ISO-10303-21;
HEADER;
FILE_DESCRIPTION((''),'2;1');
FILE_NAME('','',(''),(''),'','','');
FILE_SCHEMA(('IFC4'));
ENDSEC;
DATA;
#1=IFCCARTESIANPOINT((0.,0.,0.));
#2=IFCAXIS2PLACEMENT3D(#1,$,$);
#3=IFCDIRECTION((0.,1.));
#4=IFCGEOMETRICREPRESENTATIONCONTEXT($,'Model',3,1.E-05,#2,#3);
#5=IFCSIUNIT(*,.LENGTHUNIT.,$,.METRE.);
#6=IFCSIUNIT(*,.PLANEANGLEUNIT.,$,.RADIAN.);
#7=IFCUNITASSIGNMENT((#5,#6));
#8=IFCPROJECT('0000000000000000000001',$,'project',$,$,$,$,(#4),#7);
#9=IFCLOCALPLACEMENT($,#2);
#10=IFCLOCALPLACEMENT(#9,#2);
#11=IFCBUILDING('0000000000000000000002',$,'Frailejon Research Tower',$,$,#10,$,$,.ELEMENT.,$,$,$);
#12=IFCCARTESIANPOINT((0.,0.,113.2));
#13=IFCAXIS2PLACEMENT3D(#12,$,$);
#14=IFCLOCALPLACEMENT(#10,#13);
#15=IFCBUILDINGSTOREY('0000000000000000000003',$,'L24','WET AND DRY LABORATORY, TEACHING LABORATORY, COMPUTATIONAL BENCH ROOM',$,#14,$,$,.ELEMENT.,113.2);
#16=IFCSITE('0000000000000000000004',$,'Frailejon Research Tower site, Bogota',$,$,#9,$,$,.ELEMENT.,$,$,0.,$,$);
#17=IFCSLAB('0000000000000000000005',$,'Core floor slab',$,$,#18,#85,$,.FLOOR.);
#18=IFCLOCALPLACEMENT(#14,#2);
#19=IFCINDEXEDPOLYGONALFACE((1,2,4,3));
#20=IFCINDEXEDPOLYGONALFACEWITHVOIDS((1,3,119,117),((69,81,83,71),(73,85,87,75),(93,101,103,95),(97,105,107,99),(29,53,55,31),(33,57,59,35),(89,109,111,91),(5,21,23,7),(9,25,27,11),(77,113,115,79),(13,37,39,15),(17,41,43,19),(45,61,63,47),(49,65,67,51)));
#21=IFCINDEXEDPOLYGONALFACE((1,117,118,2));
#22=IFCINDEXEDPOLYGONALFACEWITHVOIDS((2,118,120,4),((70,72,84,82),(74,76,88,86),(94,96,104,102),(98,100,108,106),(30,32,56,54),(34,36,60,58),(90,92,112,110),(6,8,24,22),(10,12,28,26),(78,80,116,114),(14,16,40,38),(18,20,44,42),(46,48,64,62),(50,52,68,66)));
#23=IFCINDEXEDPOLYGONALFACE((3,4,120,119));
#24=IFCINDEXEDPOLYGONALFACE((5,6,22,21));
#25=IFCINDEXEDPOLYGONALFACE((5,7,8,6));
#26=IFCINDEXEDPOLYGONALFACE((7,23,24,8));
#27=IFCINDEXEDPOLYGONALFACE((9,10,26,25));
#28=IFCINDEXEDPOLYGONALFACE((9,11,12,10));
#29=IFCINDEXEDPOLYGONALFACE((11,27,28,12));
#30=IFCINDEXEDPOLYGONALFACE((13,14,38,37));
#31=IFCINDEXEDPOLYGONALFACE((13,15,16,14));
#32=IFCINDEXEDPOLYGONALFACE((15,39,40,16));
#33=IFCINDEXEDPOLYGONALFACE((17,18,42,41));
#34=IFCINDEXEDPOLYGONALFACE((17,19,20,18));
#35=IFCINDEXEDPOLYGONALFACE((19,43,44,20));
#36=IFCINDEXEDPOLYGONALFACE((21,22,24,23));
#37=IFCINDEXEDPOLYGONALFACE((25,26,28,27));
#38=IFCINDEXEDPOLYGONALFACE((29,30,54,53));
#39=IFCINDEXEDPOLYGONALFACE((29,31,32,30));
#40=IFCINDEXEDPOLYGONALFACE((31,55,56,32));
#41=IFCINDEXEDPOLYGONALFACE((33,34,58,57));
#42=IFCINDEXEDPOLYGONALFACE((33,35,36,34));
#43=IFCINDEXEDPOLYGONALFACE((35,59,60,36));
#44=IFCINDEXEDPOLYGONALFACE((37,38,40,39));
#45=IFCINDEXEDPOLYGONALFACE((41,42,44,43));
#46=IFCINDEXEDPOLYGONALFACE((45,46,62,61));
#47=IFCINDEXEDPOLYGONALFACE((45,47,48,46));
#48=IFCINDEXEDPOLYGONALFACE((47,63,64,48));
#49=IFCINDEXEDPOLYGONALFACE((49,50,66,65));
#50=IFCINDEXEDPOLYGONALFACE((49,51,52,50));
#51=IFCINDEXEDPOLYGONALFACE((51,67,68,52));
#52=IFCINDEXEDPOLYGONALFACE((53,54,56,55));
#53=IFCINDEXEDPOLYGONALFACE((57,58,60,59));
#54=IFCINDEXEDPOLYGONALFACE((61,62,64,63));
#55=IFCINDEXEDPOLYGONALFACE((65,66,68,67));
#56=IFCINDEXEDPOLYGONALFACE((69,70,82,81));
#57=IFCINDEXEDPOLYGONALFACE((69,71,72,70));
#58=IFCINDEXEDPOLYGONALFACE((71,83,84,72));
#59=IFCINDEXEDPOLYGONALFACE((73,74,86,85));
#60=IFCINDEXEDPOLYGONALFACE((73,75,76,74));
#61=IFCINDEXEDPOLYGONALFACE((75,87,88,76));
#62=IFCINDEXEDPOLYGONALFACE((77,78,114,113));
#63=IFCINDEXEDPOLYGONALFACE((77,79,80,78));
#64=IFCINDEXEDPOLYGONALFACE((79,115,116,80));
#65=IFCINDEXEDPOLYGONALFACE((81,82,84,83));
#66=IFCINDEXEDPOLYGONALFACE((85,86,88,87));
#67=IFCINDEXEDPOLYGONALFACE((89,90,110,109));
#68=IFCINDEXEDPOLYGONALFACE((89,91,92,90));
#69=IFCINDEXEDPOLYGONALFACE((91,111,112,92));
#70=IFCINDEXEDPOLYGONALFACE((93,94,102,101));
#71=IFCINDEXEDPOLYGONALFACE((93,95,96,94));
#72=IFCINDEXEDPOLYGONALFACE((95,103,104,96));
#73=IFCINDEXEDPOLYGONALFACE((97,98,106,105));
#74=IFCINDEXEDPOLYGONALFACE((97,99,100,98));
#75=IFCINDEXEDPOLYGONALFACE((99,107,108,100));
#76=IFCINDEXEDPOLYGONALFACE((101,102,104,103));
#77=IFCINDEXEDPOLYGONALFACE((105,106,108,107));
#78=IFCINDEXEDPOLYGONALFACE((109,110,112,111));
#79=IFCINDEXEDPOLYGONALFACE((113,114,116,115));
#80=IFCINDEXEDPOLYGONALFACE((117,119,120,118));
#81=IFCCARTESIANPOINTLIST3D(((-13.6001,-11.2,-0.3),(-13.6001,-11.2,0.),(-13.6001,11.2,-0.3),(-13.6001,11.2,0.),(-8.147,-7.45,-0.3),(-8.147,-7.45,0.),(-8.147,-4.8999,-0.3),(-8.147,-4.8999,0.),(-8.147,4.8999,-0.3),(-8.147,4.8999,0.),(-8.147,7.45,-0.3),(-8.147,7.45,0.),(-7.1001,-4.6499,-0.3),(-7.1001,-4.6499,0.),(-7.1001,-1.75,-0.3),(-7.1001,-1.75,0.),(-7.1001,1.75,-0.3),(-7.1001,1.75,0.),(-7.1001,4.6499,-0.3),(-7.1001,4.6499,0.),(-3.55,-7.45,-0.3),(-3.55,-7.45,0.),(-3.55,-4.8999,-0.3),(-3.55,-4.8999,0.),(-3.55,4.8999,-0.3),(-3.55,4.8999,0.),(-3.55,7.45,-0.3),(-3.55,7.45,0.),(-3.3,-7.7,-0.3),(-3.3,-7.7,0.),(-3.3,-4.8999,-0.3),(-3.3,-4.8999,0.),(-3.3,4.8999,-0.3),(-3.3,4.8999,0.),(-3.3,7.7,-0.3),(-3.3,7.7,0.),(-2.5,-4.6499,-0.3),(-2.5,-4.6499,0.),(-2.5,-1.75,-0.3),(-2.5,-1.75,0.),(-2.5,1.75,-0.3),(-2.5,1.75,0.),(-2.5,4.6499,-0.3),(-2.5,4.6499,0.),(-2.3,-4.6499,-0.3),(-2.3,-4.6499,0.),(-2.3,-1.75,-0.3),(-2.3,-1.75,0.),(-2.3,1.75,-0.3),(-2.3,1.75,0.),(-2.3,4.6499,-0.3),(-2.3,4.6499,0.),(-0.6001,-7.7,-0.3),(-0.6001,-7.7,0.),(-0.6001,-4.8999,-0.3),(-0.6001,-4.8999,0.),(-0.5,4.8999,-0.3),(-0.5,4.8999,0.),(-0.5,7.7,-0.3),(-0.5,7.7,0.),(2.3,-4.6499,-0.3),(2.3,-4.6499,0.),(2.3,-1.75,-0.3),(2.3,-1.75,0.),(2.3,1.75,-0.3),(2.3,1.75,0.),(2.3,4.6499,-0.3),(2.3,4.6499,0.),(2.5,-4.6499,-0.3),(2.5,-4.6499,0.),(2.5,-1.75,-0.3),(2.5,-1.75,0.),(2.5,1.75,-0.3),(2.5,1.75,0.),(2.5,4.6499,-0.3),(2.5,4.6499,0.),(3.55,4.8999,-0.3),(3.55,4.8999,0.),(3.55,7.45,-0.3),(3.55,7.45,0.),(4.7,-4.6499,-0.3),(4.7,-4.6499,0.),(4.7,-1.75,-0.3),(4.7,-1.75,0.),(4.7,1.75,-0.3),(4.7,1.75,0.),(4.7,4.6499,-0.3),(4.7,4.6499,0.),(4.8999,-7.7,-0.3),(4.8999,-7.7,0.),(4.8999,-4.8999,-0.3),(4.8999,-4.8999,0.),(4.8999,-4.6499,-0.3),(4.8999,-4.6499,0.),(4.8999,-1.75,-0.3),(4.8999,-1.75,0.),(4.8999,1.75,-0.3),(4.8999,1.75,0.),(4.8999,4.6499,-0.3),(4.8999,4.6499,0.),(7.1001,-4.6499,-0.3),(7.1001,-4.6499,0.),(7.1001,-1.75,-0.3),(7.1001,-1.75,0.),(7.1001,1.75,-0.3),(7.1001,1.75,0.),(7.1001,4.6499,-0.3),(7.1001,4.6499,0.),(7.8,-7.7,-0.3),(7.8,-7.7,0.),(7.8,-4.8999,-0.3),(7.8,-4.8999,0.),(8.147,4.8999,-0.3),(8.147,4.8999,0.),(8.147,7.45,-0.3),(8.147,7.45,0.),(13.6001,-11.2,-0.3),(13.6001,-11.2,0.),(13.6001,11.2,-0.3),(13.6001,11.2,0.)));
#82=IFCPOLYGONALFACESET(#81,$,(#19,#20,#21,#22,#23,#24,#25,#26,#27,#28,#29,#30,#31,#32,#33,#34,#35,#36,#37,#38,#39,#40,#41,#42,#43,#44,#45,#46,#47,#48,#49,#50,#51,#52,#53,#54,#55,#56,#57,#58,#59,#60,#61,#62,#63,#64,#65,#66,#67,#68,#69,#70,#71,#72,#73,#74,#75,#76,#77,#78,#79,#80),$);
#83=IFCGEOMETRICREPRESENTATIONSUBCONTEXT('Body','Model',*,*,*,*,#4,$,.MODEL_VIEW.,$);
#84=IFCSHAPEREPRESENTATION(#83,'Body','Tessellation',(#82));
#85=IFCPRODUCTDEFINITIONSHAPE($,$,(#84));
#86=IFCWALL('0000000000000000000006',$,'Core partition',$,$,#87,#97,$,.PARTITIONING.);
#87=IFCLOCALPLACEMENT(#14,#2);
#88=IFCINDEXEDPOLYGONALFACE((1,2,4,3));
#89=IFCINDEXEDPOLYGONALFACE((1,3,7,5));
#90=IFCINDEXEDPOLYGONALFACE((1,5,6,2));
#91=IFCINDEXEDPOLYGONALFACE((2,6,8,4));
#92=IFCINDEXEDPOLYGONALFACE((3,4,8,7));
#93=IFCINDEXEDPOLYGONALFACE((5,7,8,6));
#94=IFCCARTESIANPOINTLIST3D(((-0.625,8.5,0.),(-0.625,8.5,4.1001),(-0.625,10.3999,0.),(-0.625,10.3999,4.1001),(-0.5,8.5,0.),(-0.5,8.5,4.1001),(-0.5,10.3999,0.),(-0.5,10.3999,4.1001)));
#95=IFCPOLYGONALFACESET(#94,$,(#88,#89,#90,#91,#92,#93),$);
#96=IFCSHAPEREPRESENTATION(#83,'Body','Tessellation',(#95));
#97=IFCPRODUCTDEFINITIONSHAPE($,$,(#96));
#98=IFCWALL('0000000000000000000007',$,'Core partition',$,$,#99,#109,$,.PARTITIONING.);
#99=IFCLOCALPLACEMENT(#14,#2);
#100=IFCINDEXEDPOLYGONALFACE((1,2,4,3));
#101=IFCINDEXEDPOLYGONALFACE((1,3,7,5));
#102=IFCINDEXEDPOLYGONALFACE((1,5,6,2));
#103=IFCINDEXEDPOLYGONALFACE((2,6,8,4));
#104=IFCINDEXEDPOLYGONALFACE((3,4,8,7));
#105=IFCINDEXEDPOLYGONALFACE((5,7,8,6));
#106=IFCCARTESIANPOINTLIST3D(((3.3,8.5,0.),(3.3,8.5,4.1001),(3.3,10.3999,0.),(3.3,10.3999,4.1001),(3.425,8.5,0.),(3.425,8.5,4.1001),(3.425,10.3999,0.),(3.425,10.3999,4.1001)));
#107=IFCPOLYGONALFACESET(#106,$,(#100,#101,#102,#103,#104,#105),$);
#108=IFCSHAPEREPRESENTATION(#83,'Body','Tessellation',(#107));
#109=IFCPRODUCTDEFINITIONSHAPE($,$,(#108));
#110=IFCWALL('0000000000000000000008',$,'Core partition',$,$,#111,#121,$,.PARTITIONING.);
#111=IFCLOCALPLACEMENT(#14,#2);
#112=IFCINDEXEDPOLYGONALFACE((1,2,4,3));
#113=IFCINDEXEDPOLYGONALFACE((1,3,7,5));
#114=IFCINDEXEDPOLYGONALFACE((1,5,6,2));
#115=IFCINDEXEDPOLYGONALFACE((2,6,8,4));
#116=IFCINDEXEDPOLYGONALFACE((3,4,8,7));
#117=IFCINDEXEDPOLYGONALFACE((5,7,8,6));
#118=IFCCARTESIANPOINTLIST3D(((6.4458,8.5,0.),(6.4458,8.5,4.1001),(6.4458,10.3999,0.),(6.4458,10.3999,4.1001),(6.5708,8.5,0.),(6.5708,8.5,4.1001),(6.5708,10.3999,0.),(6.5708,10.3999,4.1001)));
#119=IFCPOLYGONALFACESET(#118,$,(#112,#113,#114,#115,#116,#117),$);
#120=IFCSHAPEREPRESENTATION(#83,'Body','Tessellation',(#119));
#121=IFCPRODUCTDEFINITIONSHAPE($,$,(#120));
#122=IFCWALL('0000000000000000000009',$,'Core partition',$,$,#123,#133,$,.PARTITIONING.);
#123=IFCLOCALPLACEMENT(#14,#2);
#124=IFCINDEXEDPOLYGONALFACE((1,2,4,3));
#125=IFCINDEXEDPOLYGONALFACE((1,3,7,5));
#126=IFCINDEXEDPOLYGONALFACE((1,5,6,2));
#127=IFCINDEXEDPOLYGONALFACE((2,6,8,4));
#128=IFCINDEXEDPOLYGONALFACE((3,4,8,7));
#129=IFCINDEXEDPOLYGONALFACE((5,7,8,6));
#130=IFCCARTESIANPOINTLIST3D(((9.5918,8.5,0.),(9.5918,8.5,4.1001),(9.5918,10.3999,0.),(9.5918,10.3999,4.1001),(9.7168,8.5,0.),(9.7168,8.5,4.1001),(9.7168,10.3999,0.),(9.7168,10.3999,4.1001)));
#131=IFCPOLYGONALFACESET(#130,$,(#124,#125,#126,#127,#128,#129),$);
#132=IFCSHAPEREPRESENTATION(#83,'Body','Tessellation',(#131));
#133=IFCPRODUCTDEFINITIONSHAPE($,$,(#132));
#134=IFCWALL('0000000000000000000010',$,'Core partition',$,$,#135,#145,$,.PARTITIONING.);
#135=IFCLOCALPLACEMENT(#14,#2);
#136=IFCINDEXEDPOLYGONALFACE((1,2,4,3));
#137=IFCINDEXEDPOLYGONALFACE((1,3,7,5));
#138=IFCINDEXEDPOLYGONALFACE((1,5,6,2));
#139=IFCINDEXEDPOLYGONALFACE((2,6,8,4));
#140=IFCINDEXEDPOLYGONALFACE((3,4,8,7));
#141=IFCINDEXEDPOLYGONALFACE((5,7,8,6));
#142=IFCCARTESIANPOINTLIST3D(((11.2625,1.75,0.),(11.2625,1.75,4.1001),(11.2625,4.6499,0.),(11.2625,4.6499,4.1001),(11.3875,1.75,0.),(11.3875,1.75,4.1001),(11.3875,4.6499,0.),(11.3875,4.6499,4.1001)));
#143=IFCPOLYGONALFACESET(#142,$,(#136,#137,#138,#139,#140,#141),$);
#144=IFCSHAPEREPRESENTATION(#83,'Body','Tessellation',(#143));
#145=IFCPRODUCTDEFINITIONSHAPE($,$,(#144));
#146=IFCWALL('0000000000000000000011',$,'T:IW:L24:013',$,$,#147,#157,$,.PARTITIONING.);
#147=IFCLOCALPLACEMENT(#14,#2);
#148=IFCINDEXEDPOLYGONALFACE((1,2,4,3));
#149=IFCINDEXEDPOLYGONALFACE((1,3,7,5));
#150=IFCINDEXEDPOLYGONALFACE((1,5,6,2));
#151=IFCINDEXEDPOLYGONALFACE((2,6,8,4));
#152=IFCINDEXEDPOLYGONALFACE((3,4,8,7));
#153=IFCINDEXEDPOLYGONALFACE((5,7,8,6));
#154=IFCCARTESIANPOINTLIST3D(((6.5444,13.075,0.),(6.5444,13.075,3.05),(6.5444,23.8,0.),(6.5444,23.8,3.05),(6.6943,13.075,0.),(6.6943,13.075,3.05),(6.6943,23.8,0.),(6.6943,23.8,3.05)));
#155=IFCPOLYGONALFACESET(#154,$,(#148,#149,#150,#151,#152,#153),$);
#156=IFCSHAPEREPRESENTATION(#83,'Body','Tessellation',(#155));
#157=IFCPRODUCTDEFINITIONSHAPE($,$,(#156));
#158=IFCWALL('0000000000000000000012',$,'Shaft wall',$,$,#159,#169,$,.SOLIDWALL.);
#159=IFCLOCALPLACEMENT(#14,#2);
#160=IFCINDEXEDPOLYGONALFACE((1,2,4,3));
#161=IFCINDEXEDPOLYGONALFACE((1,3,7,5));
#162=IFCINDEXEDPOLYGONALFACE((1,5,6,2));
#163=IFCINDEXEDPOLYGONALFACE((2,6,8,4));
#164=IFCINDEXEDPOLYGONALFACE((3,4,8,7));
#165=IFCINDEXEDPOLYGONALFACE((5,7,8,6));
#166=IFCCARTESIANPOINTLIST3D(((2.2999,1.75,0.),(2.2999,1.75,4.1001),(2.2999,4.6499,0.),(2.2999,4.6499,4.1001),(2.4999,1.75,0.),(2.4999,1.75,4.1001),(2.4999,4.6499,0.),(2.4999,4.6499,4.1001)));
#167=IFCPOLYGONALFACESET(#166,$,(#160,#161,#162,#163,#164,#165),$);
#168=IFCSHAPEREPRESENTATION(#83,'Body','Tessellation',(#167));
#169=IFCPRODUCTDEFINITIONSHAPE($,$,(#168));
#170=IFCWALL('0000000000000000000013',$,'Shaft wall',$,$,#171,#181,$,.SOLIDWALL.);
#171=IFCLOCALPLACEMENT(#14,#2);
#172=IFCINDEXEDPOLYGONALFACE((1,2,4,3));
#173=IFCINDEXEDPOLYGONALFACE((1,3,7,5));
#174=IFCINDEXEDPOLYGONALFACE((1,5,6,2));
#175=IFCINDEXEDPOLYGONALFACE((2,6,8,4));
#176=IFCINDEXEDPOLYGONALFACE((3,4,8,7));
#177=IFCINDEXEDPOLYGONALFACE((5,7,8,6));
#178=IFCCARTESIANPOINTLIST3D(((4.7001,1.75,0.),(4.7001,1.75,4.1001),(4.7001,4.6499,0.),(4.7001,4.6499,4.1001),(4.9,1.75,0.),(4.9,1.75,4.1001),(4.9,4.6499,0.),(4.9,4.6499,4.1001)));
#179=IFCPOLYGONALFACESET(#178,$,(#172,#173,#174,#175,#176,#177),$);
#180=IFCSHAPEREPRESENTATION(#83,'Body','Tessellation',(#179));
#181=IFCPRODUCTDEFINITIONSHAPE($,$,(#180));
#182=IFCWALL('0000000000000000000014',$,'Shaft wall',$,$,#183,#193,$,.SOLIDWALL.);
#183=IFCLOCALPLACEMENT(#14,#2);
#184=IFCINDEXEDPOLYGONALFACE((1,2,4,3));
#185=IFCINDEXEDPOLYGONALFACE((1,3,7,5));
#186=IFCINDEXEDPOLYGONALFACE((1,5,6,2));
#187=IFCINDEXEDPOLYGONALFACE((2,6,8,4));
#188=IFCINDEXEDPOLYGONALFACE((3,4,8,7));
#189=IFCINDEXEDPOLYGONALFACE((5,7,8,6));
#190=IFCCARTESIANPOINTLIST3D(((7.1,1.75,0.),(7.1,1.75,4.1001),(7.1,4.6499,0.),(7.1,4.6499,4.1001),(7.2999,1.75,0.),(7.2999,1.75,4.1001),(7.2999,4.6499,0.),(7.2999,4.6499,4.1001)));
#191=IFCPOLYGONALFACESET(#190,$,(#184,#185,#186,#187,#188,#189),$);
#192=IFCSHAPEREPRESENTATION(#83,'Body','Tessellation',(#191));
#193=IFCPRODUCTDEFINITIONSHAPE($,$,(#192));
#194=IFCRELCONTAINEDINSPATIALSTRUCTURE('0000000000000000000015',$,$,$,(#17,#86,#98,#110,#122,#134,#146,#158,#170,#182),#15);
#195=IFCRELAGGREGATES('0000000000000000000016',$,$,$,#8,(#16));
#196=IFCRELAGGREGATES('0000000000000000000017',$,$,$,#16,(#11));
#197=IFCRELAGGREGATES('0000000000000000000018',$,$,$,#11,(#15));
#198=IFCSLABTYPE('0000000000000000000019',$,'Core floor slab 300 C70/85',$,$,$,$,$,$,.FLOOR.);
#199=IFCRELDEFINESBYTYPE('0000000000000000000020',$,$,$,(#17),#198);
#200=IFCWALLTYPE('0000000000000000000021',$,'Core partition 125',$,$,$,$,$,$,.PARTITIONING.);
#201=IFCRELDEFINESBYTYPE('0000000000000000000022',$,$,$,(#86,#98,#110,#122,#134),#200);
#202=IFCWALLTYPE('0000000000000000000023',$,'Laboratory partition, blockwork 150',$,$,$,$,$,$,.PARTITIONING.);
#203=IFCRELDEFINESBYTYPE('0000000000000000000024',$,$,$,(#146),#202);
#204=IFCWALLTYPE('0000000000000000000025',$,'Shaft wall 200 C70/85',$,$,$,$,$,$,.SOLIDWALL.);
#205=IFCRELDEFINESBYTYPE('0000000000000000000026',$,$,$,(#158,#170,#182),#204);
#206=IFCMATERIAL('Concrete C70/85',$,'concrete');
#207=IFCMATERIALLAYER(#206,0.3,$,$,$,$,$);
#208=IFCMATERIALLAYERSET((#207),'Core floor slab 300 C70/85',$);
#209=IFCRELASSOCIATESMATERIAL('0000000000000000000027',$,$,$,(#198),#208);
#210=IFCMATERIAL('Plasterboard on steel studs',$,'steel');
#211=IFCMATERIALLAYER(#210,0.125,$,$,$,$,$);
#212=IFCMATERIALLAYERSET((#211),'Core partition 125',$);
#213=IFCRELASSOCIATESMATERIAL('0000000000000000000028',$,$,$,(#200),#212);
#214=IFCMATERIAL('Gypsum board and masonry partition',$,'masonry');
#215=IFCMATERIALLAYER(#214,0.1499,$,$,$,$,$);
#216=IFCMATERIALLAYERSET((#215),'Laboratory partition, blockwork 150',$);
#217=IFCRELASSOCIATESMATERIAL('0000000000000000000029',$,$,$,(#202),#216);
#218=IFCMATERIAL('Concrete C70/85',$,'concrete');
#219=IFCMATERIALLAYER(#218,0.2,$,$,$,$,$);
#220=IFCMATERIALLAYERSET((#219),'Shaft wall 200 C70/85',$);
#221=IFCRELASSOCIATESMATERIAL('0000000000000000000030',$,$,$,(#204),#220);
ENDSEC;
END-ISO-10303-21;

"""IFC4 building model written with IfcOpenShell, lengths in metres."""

from ifc_helpers import new_model, si_unit, direction, frame, frame_2d, origin, place, context, subcontext, project, spatial, polyline, rectangle, outline, extrude, material, layer, layer_set, type_object, element, save


model = new_model("IFC4")

# Units and contexts
model_context = context("Model", 3, precision=1e-05, world=origin(), true_north=direction((0.0, 1.0)))
body_context = subcontext(model_context, "Body", "Model", "MODEL_VIEW")
ifc_project = project(units=[si_unit("LENGTHUNIT", "METRE"), si_unit("PLANEANGLEUNIT", "RADIAN")], contexts=[model_context])

# Site, building, storey
site_placement = place(None, origin())
site = spatial("IfcSite", under=ifc_project, at=site_placement, Name="Frailejon Research Tower site, Bogota", CompositionType="ELEMENT", RefElevation=0.0)
building_placement = place(site_placement, origin())
building = spatial("IfcBuilding", under=site, at=building_placement, Name="Frailejon Research Tower", CompositionType="ELEMENT")
storey_placement = place(building_placement, frame((0.0, 0.0, 113.2)))
storey = spatial("IfcBuildingStorey", under=building, at=storey_placement, Name="L24", Description="WET AND DRY LABORATORY, TEACHING LABORATORY, COMPUTATIONAL BENCH ROOM", CompositionType="ELEMENT", Elevation=113.2)

# Slab
ifc_material_1 = material(Name="Concrete C70/85", Category="concrete")
ifc_layer_1 = layer(ifc_material_1, 0.3)
ifc_layer_set_1 = layer_set([ifc_layer_1], Name="Core floor slab 300 C70/85")
slab_type = type_object("IfcSlabType", Name="Core floor slab 300 C70/85", PredefinedType="FLOOR", material=ifc_layer_set_1)
slab_placement = place(storey_placement, frame((0.0, 0.0, -0.3)))
element("IfcSlab", 1, at=slab_placement, inside=storey, type_object=slab_type, Name="Core floor slab", PredefinedType="FLOOR", context=body_context, shape_type="SweptSolid", body=[
    extrude(outline(polyline([(13.6001, -11.2), (13.6001, 11.2), (-13.6001, 11.2), (-13.6001, -11.2), (13.6001, -11.2)]), holes=[polyline([(-2.5, 1.75), (-2.5, 4.6499), (-7.1001, 4.6499), (-7.1001, 1.75), (-2.5, 1.75)]), polyline([(2.3, 1.75), (2.3, 4.6499), (-2.3, 4.6499), (-2.3, 1.75), (2.3, 1.75)]), polyline([(4.7, 1.75), (4.7, 4.6499), (2.5, 4.6499), (2.5, 1.75), (4.7, 1.75)]), polyline([(7.1001, 1.75), (7.1001, 4.6499), (4.8999, 4.6499), (4.8999, 1.75), (7.1001, 1.75)]), polyline([(-2.5, -4.6499), (-2.5, -1.75), (-7.1001, -1.75), (-7.1001, -4.6499), (-2.5, -4.6499)]), polyline([(2.3, -4.6499), (2.3, -1.75), (-2.3, -1.75), (-2.3, -4.6499), (2.3, -4.6499)]), polyline([(4.7, -4.6499), (4.7, -1.75), (2.5, -1.75), (2.5, -4.6499), (4.7, -4.6499)]), polyline([(7.1001, -4.6499), (7.1001, -1.75), (4.8999, -1.75), (4.8999, -4.6499), (7.1001, -4.6499)]), polyline([(-8.147, 4.8999), (-3.55, 4.8999), (-3.55, 7.45), (-8.147, 7.45), (-8.147, 4.8999)]), polyline([(-8.147, -7.45), (-3.55, -7.45), (-3.55, -4.8999), (-8.147, -4.8999), (-8.147, -7.45)]), polyline([(8.147, 7.45), (3.55, 7.45), (3.55, 4.8999), (8.147, 4.8999), (8.147, 7.45)]), polyline([(-0.6001, -7.7), (-0.6001, -4.8999), (-3.3, -4.8999), (-3.3, -7.7), (-0.6001, -7.7)]), polyline([(7.8, -7.7), (7.8, -4.8999), (4.8999, -4.8999), (4.8999, -7.7), (7.8, -7.7)]), polyline([(-0.5, 4.8999), (-0.5, 7.7), (-3.3, 7.7), (-3.3, 4.8999), (-0.5, 4.8999)])]), origin(), (0.0, 0.0, 1.0), 0.3),
])

# Walls
ifc_material_2 = material(Name="Plasterboard on steel studs", Category="steel")
ifc_layer_2 = layer(ifc_material_2, 0.125)
ifc_layer_set_2 = layer_set([ifc_layer_2], Name="Core partition 125")
wall_type_1 = type_object("IfcWallType", Name="Core partition 125", PredefinedType="PARTITIONING", material=ifc_layer_set_2)
for number, where, z_axis, x_axis, name in (
    (2, (-0.5625, 8.5, 0.0), (0.0, 0.0, 1.0), (0.0, 1.0, 0.0), "Core partition"),
    (3, (3.3625, 8.5, 0.0), (0.0, 0.0, 1.0), (0.0, 1.0, 0.0), "Core partition"),
    (4, (6.5083, 8.5, 0.0), (0.0, 0.0, 1.0), (0.0, 1.0, 0.0), "Core partition"),
    (5, (9.6543, 8.5, 0.0), (0.0, 0.0, 1.0), (0.0, 1.0, 0.0), "Core partition"),
):
    element("IfcWall", number, at=place(storey_placement, frame(where, z_axis=z_axis, x_axis=x_axis)), inside=storey, type_object=wall_type_1, Name=name, PredefinedType="PARTITIONING", context=body_context, shape_type="SweptSolid", body=[
        extrude(rectangle(XDim=1.8999, YDim=0.125, at=frame_2d((0.95, 0.0))), origin(), (0.0, 0.0, 1.0), 4.1001),
    ])
wall_1_placement = place(storey_placement, frame((11.325, 1.75, 0.0), z_axis=(0.0, 0.0, 1.0), x_axis=(0.0, 1.0, 0.0)))
element("IfcWall", 6, at=wall_1_placement, inside=storey, type_object=wall_type_1, Name="Core partition", PredefinedType="PARTITIONING", context=body_context, shape_type="SweptSolid", body=[
    extrude(rectangle(XDim=2.8999, YDim=0.125, at=frame_2d((1.45, 0.0))), origin(), (0.0, 0.0, 1.0), 4.1001),
])
ifc_material_3 = material(Name="Gypsum board and masonry partition", Category="masonry")
ifc_layer_3 = layer(ifc_material_3, 0.1499)
ifc_layer_set_3 = layer_set([ifc_layer_3], Name="Laboratory partition, blockwork 150")
wall_type_2 = type_object("IfcWallType", Name="Laboratory partition, blockwork 150", PredefinedType="PARTITIONING", material=ifc_layer_set_3)
wall_2_placement = place(storey_placement, frame((6.6194, 13.075, 0.0), z_axis=(0.0, 0.0, 1.0), x_axis=(0.0, 1.0, 0.0)))
element("IfcWall", 7, at=wall_2_placement, inside=storey, type_object=wall_type_2, Name="T:IW:L24:013", PredefinedType="PARTITIONING", context=body_context, shape_type="SweptSolid", body=[
    extrude(rectangle(XDim=10.7251, YDim=0.1499, at=frame_2d((5.3625, 0.0))), origin(), (0.0, 0.0, 1.0), 3.05),
])
ifc_material_4 = material(Name="Concrete C70/85", Category="concrete")
ifc_layer_4 = layer(ifc_material_4, 0.2)
ifc_layer_set_4 = layer_set([ifc_layer_4], Name="Shaft wall 200 C70/85")
wall_type_3 = type_object("IfcWallType", Name="Shaft wall 200 C70/85", PredefinedType="SOLIDWALL", material=ifc_layer_set_4)
for number, where, z_axis, x_axis, name in (
    (8, (2.3999, 1.75, 0.0), (0.0, 0.0, 1.0), (0.0, 1.0, 0.0), "Shaft wall"),
    (9, (4.8, 1.75, 0.0), (0.0, 0.0, 1.0), (0.0, 1.0, 0.0), "Shaft wall"),
    (10, (7.2, 1.75, 0.0), (0.0, 0.0, 1.0), (0.0, 1.0, 0.0), "Shaft wall"),
):
    element("IfcWall", number, at=place(storey_placement, frame(where, z_axis=z_axis, x_axis=x_axis)), inside=storey, type_object=wall_type_3, Name=name, PredefinedType="SOLIDWALL", context=body_context, shape_type="SweptSolid", body=[
        extrude(rectangle(XDim=2.8999, YDim=0.2, at=frame_2d((1.45, 0.0))), origin(), (0.0, 0.0, 1.0), 4.1001),
    ])

save(model, "model.ifc")
